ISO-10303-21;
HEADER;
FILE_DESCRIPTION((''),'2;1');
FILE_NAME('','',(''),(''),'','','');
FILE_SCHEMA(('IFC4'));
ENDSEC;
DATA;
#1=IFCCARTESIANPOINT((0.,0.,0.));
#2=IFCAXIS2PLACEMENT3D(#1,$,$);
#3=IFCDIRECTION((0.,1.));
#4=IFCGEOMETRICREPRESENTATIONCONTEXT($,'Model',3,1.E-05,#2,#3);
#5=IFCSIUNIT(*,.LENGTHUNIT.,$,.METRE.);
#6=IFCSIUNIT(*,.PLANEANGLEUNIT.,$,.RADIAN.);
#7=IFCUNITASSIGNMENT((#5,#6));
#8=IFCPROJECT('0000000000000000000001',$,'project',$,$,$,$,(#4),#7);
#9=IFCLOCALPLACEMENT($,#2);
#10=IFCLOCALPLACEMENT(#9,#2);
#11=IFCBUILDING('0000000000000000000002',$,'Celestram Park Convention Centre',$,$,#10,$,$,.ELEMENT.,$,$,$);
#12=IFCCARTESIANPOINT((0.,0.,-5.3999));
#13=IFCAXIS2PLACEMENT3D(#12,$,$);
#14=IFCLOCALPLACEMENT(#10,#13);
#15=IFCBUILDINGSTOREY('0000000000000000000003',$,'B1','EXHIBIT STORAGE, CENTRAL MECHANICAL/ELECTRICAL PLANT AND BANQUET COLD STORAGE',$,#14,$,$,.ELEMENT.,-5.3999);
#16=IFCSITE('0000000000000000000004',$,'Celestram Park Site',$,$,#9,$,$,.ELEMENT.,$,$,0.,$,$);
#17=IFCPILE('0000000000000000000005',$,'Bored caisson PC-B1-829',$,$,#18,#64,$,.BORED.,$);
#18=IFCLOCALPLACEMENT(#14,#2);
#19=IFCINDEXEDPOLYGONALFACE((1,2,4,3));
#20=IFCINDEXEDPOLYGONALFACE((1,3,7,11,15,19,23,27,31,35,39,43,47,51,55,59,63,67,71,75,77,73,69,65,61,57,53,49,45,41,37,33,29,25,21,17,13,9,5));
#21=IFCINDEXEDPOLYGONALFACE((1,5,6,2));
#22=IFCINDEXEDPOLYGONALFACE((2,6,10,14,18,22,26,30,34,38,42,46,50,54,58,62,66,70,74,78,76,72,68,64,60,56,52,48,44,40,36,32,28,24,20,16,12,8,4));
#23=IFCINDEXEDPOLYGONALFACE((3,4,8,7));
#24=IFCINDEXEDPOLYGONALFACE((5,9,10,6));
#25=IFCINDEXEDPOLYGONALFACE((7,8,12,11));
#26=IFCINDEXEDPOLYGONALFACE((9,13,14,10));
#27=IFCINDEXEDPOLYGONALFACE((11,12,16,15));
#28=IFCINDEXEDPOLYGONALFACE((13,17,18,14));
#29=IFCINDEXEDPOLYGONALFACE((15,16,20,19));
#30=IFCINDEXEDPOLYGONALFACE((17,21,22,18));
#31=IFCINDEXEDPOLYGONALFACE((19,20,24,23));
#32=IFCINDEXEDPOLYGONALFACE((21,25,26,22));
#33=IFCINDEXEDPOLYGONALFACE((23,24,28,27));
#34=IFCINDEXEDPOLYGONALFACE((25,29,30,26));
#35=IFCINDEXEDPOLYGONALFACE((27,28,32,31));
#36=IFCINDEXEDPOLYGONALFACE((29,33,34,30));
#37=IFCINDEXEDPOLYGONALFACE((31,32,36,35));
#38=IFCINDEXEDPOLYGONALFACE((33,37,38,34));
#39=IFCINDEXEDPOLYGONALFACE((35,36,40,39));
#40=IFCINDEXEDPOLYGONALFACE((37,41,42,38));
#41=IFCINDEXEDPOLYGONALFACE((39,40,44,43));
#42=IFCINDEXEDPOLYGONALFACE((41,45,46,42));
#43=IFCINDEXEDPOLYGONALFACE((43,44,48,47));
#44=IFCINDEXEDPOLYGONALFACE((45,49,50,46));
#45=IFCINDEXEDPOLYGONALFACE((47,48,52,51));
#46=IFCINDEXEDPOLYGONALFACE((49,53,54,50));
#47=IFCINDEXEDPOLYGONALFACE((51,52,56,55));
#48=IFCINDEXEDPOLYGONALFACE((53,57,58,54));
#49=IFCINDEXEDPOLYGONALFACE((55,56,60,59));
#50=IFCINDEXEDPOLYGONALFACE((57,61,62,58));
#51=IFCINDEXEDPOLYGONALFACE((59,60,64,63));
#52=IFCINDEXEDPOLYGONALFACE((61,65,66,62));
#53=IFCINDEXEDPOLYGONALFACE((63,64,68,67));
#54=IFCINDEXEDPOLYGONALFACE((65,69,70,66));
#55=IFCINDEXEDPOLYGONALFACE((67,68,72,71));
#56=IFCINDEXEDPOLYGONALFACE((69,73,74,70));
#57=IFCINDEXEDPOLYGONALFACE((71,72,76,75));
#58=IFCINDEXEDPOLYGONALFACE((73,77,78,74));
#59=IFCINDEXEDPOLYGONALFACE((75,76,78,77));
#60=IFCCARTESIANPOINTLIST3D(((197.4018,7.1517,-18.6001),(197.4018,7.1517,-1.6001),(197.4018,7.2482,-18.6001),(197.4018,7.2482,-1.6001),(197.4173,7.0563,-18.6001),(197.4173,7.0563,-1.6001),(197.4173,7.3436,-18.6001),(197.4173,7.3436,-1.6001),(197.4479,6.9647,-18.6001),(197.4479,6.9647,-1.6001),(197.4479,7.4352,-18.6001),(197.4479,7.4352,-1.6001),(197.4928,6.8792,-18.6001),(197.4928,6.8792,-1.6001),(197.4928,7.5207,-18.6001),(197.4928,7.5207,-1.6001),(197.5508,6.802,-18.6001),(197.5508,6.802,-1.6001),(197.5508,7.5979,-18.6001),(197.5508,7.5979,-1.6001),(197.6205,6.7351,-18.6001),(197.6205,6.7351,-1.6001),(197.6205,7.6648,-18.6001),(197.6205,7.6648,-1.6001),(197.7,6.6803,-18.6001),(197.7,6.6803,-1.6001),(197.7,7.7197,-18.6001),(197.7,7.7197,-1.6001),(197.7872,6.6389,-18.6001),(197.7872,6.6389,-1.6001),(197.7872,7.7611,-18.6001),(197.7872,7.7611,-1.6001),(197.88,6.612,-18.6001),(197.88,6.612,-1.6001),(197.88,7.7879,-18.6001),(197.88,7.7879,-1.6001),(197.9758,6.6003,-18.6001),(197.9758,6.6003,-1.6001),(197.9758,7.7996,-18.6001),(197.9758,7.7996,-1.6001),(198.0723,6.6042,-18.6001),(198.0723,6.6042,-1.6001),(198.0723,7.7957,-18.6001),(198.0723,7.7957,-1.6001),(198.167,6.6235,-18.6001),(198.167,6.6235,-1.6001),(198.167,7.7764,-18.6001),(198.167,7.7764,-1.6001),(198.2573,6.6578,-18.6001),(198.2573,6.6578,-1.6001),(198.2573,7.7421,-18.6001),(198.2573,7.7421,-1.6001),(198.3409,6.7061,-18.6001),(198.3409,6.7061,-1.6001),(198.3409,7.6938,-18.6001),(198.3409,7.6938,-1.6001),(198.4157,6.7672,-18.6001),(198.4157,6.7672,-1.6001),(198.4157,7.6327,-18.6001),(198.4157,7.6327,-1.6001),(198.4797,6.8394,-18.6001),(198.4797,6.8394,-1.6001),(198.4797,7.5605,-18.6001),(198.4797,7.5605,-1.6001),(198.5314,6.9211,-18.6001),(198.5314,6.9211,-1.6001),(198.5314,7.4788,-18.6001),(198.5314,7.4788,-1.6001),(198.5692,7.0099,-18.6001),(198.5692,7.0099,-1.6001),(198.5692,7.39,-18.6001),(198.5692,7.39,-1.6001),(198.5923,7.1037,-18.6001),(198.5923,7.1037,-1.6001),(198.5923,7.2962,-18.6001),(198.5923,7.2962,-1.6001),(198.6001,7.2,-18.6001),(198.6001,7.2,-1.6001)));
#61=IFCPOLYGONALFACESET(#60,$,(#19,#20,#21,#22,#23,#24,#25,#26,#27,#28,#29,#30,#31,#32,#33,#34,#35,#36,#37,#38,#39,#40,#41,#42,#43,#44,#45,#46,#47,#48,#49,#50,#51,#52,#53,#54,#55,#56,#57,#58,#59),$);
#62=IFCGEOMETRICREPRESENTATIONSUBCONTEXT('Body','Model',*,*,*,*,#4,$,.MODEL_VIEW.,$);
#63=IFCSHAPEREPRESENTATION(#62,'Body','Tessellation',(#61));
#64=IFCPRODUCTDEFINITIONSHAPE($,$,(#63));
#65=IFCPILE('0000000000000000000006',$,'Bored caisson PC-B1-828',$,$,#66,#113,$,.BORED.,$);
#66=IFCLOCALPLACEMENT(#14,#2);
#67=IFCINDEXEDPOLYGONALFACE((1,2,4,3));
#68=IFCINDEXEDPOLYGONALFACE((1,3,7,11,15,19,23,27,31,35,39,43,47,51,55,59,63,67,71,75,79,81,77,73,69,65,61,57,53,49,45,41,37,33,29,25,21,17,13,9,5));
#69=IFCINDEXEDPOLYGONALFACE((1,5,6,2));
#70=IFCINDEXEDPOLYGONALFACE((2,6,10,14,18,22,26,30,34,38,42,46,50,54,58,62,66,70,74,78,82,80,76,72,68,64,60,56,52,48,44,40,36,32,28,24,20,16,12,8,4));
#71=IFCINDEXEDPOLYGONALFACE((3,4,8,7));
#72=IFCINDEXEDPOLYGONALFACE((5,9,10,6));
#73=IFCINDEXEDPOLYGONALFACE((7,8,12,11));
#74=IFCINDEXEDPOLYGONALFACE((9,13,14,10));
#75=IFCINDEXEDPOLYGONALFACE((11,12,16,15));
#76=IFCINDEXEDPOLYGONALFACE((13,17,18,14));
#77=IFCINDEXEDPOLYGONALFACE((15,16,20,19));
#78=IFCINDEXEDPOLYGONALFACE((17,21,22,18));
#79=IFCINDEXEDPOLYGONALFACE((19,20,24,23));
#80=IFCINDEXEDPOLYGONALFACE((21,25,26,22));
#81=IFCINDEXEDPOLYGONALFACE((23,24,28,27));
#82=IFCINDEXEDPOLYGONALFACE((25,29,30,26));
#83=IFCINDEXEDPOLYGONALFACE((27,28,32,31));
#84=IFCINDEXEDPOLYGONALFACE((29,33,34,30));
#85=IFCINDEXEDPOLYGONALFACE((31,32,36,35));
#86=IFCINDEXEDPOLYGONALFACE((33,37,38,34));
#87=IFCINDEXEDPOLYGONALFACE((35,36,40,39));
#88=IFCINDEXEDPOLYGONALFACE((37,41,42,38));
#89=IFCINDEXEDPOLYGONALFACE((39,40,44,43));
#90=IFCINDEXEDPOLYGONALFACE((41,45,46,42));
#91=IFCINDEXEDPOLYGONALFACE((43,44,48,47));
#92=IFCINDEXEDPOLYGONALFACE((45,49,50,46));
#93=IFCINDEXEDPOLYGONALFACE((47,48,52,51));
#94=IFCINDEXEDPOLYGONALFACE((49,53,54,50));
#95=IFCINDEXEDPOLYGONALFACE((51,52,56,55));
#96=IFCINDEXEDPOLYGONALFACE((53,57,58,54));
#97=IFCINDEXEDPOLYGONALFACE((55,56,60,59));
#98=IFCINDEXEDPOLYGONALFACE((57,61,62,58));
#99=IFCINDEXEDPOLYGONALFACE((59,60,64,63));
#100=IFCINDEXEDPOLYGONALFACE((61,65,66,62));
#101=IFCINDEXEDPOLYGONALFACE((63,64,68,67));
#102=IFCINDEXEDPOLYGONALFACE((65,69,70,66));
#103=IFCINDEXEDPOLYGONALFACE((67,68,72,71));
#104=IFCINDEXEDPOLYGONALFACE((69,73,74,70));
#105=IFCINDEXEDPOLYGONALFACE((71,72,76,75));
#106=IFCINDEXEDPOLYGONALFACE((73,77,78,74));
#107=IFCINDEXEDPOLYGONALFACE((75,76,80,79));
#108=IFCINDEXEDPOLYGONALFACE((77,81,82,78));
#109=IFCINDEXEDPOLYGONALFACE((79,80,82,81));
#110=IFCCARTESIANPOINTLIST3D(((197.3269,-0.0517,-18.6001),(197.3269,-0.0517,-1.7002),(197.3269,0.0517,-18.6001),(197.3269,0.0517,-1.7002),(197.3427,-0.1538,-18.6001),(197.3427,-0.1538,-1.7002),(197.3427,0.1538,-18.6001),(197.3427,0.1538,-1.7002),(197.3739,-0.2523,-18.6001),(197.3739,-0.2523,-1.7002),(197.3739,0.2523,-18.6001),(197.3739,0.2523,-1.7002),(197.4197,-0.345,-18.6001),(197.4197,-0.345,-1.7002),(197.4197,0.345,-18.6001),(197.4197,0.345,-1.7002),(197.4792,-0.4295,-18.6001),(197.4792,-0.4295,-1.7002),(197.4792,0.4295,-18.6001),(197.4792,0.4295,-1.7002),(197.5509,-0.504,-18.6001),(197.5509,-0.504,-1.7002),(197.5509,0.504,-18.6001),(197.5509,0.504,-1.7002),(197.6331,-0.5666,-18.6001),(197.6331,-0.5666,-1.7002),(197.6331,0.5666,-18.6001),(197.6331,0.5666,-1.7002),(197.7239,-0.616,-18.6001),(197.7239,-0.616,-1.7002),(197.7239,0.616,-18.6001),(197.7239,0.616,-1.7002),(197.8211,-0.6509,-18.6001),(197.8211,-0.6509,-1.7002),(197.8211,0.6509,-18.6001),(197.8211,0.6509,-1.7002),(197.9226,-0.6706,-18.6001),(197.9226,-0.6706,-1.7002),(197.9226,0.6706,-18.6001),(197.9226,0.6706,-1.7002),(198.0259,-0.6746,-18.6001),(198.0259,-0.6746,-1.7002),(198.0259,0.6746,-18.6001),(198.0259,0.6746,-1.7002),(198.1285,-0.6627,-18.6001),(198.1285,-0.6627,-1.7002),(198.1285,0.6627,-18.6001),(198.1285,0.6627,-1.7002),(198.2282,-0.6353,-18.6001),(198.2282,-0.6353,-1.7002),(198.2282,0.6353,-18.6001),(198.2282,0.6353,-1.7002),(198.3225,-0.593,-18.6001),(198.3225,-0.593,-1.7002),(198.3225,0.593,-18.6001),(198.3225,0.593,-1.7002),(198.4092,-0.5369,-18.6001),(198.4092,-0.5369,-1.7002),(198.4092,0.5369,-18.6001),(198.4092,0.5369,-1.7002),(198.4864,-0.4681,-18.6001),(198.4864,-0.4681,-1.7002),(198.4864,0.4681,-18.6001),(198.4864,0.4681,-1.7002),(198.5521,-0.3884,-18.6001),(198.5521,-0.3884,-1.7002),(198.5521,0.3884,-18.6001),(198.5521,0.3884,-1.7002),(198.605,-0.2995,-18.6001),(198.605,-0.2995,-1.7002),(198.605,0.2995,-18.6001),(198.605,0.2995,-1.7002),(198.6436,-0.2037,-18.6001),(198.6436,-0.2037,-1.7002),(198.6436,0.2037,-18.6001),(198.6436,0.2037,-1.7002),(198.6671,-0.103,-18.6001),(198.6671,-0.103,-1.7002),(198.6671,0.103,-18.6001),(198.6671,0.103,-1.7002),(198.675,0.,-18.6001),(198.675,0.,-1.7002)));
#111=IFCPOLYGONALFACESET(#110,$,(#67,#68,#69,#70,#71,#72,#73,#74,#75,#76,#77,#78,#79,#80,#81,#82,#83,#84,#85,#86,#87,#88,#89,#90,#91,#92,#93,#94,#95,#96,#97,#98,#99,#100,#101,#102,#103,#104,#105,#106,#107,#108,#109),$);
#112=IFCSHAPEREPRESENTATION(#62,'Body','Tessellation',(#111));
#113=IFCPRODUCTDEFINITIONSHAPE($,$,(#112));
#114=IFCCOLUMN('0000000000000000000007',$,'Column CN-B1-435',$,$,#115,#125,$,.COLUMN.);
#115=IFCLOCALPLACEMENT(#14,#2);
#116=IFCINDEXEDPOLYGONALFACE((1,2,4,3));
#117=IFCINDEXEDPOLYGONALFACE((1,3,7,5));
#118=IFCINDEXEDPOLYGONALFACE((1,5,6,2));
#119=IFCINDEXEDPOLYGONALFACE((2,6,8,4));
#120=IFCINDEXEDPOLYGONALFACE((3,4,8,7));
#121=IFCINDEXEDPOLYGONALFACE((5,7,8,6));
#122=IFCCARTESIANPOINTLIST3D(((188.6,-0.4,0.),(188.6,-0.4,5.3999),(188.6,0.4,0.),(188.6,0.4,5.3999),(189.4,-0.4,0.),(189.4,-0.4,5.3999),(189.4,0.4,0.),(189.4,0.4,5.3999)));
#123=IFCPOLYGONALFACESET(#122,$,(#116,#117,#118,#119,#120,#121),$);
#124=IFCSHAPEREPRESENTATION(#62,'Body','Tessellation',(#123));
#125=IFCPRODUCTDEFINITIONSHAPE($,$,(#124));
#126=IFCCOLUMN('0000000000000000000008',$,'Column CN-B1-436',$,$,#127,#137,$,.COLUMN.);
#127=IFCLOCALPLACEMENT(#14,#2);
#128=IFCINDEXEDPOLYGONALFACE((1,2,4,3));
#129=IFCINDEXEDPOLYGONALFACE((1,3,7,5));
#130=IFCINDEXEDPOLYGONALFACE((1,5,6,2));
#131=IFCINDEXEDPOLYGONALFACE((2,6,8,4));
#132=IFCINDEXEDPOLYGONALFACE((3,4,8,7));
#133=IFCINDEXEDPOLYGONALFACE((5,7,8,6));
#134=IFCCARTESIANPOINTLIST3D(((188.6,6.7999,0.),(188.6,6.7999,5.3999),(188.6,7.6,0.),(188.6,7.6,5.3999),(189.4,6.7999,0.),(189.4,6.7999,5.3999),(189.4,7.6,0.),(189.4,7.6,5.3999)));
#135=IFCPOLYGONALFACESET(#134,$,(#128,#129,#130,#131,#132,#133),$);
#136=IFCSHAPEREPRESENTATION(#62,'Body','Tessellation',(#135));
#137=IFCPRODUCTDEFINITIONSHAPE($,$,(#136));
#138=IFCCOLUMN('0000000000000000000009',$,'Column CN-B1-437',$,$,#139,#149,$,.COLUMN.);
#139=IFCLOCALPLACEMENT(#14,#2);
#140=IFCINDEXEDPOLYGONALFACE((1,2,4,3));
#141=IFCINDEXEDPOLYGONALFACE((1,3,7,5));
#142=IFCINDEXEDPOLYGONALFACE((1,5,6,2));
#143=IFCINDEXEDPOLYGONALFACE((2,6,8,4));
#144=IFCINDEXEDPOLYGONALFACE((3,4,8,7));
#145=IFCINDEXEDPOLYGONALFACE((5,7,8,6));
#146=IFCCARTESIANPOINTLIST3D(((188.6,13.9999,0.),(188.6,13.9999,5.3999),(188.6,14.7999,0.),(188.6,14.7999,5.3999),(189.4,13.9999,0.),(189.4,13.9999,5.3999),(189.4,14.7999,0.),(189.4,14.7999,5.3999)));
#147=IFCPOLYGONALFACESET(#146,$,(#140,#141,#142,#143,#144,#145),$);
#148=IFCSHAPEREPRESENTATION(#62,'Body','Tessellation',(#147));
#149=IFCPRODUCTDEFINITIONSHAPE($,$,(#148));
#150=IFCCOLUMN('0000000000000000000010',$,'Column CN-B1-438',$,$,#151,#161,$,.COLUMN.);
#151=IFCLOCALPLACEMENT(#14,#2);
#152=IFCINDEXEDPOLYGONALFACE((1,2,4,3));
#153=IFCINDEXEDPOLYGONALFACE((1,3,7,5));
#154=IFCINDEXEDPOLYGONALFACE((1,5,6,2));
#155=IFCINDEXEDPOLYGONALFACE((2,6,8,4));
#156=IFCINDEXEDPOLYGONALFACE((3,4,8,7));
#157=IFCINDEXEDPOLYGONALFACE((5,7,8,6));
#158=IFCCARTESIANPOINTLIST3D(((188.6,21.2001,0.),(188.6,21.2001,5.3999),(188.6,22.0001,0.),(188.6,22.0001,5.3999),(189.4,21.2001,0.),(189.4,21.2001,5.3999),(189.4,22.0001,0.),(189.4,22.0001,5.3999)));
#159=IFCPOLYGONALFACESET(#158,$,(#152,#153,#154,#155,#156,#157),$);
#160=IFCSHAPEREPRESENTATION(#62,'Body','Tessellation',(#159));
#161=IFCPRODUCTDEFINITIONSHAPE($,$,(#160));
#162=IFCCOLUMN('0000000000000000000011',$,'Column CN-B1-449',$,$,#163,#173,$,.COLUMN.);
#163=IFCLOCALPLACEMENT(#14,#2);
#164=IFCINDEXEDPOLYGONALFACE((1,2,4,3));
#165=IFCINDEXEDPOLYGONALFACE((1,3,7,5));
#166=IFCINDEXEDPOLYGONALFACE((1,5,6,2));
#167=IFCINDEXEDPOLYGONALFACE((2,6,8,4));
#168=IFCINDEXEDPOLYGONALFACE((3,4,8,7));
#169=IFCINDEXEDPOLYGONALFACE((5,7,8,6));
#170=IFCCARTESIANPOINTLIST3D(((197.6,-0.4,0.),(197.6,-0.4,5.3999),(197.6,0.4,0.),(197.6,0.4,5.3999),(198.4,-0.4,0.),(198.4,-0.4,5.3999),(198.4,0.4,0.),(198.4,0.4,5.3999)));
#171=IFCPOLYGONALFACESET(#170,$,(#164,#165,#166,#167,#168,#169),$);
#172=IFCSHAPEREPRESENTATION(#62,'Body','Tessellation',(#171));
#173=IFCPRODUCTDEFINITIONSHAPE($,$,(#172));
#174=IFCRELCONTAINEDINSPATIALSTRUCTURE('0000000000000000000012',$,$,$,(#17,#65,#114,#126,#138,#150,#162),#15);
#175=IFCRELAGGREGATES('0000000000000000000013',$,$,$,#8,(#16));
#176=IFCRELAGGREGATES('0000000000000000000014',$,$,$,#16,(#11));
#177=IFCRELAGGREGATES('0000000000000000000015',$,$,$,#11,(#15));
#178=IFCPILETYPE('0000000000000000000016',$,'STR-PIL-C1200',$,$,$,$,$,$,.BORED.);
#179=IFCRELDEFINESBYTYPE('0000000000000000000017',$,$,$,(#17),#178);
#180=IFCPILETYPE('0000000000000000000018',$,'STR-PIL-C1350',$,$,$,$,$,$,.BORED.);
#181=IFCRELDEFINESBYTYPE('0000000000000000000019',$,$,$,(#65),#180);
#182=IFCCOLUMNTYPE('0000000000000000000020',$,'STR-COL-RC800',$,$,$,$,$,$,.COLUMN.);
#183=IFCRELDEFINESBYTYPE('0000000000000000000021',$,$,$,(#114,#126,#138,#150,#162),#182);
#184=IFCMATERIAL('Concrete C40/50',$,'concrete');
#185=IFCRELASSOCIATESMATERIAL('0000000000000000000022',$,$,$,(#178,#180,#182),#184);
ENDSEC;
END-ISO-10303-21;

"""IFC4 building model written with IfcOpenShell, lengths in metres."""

from ifc_helpers import new_model, si_unit, direction, frame, origin, origin_2d, place, context, subcontext, project, spatial, rectangle, circle, extrude, material, material_profile, profile_set, type_object, element, save


model = new_model("IFC4")

# Units and contexts
model_context = context("Model", 3, precision=1e-05, world=origin(), true_north=direction((0.0, 1.0)))
body_context = subcontext(model_context, "Body", "Model", "MODEL_VIEW")
ifc_project = project(units=[si_unit("LENGTHUNIT", "METRE"), si_unit("PLANEANGLEUNIT", "RADIAN")], contexts=[model_context])

# Site, building, storey
site_placement = place(None, origin())
site = spatial("IfcSite", under=ifc_project, at=site_placement, Name="Celestram Park Site", CompositionType="ELEMENT", RefElevation=0.0)
building_placement = place(site_placement, origin())
building = spatial("IfcBuilding", under=site, at=building_placement, Name="Celestram Park Convention Centre", CompositionType="ELEMENT")
storey_placement = place(building_placement, frame((0.0, 0.0, -5.3999)))
storey = spatial("IfcBuildingStorey", under=building, at=storey_placement, Name="B1", Description="EXHIBIT STORAGE, CENTRAL MECHANICAL/ELECTRICAL PLANT AND BANQUET COLD STORAGE", CompositionType="ELEMENT", Elevation=-5.3999)

# Shared definitions
ifc_material_1 = material(Name="Concrete C40/50", Category="concrete")

# Piles
ifc_material_profile_1 = material_profile(ifc_material_1, circle(Radius=0.6001, at=origin_2d()), Name="CAISSON1200")
ifc_profile_set_1 = profile_set([ifc_material_profile_1], Name="Concrete C40/50")
pile_type_1 = type_object("IfcPileType", Name="STR-PIL-C1200", PredefinedType="BORED", material=ifc_profile_set_1)
for number, where, z_axis, x_axis, name in (
    (1, (198.0, 7.2, -1.6001), (0.0, 0.0, -1.0), (1.0, 0.0, 0.0), "Bored caisson PC-B1-829"),
):
    element("IfcPile", number, at=place(storey_placement, frame(where, z_axis=z_axis, x_axis=x_axis)), inside=storey, type_object=pile_type_1, Name=name, PredefinedType="BORED", context=body_context, shape_type="SweptSolid", body=[
        extrude(circle(Radius=0.6001, at=origin_2d()), origin(), (0.0, 0.0, 1.0), 17.0),
    ])
ifc_material_profile_2 = material_profile(ifc_material_1, circle(Radius=0.675, at=origin_2d()), Name="CAISSON1350")
ifc_profile_set_2 = profile_set([ifc_material_profile_2], Name="Concrete C40/50")
pile_type_2 = type_object("IfcPileType", Name="STR-PIL-C1350", PredefinedType="BORED", material=ifc_profile_set_2)
pile_placement = place(storey_placement, frame((198.0, 0.0, -1.7002), z_axis=(0.0, 0.0, -1.0), x_axis=(1.0, 0.0, 0.0)))
element("IfcPile", 2, at=pile_placement, inside=storey, type_object=pile_type_2, Name="Bored caisson PC-B1-828", PredefinedType="BORED", context=body_context, shape_type="SweptSolid", body=[
    extrude(circle(Radius=0.675, at=origin_2d()), origin(), (0.0, 0.0, 1.0), 16.8999),
])

# Columns
ifc_material_profile_3 = material_profile(ifc_material_1, rectangle(XDim=0.8, YDim=0.8, at=origin_2d()), Name="RC800X800")
ifc_profile_set_3 = profile_set([ifc_material_profile_3], Name="Concrete C40/50")
column_type = type_object("IfcColumnType", Name="STR-COL-RC800", PredefinedType="COLUMN", material=ifc_profile_set_3)
for number, where, z_axis, x_axis, name in (
    (3, (189.0, 0.0, 0.0), (0.0, 0.0, 1.0), (1.0, 0.0, 0.0), "Column CN-B1-435"),
    (4, (189.0, 7.2, 0.0), (0.0, 0.0, 1.0), (1.0, 0.0, 0.0), "Column CN-B1-436"),
    (5, (189.0, 14.3999, 0.0), (0.0, 0.0, 1.0), (1.0, 0.0, 0.0), "Column CN-B1-437"),
    (6, (189.0, 21.6001, 0.0), (0.0, 0.0, 1.0), (1.0, 0.0, 0.0), "Column CN-B1-438"),
    (7, (198.0, 0.0, 0.0), (0.0, 0.0, 1.0), (1.0, 0.0, 0.0), "Column CN-B1-449"),
):
    element("IfcColumn", number, at=place(storey_placement, frame(where, z_axis=z_axis, x_axis=x_axis)), inside=storey, type_object=column_type, Name=name, PredefinedType="COLUMN", context=body_context, shape_type="SweptSolid", body=[
        extrude(rectangle(XDim=0.8, YDim=0.8, at=origin_2d()), origin(), (0.0, 0.0, 1.0), 5.3999),
    ])

save(model, "model.ifc")
